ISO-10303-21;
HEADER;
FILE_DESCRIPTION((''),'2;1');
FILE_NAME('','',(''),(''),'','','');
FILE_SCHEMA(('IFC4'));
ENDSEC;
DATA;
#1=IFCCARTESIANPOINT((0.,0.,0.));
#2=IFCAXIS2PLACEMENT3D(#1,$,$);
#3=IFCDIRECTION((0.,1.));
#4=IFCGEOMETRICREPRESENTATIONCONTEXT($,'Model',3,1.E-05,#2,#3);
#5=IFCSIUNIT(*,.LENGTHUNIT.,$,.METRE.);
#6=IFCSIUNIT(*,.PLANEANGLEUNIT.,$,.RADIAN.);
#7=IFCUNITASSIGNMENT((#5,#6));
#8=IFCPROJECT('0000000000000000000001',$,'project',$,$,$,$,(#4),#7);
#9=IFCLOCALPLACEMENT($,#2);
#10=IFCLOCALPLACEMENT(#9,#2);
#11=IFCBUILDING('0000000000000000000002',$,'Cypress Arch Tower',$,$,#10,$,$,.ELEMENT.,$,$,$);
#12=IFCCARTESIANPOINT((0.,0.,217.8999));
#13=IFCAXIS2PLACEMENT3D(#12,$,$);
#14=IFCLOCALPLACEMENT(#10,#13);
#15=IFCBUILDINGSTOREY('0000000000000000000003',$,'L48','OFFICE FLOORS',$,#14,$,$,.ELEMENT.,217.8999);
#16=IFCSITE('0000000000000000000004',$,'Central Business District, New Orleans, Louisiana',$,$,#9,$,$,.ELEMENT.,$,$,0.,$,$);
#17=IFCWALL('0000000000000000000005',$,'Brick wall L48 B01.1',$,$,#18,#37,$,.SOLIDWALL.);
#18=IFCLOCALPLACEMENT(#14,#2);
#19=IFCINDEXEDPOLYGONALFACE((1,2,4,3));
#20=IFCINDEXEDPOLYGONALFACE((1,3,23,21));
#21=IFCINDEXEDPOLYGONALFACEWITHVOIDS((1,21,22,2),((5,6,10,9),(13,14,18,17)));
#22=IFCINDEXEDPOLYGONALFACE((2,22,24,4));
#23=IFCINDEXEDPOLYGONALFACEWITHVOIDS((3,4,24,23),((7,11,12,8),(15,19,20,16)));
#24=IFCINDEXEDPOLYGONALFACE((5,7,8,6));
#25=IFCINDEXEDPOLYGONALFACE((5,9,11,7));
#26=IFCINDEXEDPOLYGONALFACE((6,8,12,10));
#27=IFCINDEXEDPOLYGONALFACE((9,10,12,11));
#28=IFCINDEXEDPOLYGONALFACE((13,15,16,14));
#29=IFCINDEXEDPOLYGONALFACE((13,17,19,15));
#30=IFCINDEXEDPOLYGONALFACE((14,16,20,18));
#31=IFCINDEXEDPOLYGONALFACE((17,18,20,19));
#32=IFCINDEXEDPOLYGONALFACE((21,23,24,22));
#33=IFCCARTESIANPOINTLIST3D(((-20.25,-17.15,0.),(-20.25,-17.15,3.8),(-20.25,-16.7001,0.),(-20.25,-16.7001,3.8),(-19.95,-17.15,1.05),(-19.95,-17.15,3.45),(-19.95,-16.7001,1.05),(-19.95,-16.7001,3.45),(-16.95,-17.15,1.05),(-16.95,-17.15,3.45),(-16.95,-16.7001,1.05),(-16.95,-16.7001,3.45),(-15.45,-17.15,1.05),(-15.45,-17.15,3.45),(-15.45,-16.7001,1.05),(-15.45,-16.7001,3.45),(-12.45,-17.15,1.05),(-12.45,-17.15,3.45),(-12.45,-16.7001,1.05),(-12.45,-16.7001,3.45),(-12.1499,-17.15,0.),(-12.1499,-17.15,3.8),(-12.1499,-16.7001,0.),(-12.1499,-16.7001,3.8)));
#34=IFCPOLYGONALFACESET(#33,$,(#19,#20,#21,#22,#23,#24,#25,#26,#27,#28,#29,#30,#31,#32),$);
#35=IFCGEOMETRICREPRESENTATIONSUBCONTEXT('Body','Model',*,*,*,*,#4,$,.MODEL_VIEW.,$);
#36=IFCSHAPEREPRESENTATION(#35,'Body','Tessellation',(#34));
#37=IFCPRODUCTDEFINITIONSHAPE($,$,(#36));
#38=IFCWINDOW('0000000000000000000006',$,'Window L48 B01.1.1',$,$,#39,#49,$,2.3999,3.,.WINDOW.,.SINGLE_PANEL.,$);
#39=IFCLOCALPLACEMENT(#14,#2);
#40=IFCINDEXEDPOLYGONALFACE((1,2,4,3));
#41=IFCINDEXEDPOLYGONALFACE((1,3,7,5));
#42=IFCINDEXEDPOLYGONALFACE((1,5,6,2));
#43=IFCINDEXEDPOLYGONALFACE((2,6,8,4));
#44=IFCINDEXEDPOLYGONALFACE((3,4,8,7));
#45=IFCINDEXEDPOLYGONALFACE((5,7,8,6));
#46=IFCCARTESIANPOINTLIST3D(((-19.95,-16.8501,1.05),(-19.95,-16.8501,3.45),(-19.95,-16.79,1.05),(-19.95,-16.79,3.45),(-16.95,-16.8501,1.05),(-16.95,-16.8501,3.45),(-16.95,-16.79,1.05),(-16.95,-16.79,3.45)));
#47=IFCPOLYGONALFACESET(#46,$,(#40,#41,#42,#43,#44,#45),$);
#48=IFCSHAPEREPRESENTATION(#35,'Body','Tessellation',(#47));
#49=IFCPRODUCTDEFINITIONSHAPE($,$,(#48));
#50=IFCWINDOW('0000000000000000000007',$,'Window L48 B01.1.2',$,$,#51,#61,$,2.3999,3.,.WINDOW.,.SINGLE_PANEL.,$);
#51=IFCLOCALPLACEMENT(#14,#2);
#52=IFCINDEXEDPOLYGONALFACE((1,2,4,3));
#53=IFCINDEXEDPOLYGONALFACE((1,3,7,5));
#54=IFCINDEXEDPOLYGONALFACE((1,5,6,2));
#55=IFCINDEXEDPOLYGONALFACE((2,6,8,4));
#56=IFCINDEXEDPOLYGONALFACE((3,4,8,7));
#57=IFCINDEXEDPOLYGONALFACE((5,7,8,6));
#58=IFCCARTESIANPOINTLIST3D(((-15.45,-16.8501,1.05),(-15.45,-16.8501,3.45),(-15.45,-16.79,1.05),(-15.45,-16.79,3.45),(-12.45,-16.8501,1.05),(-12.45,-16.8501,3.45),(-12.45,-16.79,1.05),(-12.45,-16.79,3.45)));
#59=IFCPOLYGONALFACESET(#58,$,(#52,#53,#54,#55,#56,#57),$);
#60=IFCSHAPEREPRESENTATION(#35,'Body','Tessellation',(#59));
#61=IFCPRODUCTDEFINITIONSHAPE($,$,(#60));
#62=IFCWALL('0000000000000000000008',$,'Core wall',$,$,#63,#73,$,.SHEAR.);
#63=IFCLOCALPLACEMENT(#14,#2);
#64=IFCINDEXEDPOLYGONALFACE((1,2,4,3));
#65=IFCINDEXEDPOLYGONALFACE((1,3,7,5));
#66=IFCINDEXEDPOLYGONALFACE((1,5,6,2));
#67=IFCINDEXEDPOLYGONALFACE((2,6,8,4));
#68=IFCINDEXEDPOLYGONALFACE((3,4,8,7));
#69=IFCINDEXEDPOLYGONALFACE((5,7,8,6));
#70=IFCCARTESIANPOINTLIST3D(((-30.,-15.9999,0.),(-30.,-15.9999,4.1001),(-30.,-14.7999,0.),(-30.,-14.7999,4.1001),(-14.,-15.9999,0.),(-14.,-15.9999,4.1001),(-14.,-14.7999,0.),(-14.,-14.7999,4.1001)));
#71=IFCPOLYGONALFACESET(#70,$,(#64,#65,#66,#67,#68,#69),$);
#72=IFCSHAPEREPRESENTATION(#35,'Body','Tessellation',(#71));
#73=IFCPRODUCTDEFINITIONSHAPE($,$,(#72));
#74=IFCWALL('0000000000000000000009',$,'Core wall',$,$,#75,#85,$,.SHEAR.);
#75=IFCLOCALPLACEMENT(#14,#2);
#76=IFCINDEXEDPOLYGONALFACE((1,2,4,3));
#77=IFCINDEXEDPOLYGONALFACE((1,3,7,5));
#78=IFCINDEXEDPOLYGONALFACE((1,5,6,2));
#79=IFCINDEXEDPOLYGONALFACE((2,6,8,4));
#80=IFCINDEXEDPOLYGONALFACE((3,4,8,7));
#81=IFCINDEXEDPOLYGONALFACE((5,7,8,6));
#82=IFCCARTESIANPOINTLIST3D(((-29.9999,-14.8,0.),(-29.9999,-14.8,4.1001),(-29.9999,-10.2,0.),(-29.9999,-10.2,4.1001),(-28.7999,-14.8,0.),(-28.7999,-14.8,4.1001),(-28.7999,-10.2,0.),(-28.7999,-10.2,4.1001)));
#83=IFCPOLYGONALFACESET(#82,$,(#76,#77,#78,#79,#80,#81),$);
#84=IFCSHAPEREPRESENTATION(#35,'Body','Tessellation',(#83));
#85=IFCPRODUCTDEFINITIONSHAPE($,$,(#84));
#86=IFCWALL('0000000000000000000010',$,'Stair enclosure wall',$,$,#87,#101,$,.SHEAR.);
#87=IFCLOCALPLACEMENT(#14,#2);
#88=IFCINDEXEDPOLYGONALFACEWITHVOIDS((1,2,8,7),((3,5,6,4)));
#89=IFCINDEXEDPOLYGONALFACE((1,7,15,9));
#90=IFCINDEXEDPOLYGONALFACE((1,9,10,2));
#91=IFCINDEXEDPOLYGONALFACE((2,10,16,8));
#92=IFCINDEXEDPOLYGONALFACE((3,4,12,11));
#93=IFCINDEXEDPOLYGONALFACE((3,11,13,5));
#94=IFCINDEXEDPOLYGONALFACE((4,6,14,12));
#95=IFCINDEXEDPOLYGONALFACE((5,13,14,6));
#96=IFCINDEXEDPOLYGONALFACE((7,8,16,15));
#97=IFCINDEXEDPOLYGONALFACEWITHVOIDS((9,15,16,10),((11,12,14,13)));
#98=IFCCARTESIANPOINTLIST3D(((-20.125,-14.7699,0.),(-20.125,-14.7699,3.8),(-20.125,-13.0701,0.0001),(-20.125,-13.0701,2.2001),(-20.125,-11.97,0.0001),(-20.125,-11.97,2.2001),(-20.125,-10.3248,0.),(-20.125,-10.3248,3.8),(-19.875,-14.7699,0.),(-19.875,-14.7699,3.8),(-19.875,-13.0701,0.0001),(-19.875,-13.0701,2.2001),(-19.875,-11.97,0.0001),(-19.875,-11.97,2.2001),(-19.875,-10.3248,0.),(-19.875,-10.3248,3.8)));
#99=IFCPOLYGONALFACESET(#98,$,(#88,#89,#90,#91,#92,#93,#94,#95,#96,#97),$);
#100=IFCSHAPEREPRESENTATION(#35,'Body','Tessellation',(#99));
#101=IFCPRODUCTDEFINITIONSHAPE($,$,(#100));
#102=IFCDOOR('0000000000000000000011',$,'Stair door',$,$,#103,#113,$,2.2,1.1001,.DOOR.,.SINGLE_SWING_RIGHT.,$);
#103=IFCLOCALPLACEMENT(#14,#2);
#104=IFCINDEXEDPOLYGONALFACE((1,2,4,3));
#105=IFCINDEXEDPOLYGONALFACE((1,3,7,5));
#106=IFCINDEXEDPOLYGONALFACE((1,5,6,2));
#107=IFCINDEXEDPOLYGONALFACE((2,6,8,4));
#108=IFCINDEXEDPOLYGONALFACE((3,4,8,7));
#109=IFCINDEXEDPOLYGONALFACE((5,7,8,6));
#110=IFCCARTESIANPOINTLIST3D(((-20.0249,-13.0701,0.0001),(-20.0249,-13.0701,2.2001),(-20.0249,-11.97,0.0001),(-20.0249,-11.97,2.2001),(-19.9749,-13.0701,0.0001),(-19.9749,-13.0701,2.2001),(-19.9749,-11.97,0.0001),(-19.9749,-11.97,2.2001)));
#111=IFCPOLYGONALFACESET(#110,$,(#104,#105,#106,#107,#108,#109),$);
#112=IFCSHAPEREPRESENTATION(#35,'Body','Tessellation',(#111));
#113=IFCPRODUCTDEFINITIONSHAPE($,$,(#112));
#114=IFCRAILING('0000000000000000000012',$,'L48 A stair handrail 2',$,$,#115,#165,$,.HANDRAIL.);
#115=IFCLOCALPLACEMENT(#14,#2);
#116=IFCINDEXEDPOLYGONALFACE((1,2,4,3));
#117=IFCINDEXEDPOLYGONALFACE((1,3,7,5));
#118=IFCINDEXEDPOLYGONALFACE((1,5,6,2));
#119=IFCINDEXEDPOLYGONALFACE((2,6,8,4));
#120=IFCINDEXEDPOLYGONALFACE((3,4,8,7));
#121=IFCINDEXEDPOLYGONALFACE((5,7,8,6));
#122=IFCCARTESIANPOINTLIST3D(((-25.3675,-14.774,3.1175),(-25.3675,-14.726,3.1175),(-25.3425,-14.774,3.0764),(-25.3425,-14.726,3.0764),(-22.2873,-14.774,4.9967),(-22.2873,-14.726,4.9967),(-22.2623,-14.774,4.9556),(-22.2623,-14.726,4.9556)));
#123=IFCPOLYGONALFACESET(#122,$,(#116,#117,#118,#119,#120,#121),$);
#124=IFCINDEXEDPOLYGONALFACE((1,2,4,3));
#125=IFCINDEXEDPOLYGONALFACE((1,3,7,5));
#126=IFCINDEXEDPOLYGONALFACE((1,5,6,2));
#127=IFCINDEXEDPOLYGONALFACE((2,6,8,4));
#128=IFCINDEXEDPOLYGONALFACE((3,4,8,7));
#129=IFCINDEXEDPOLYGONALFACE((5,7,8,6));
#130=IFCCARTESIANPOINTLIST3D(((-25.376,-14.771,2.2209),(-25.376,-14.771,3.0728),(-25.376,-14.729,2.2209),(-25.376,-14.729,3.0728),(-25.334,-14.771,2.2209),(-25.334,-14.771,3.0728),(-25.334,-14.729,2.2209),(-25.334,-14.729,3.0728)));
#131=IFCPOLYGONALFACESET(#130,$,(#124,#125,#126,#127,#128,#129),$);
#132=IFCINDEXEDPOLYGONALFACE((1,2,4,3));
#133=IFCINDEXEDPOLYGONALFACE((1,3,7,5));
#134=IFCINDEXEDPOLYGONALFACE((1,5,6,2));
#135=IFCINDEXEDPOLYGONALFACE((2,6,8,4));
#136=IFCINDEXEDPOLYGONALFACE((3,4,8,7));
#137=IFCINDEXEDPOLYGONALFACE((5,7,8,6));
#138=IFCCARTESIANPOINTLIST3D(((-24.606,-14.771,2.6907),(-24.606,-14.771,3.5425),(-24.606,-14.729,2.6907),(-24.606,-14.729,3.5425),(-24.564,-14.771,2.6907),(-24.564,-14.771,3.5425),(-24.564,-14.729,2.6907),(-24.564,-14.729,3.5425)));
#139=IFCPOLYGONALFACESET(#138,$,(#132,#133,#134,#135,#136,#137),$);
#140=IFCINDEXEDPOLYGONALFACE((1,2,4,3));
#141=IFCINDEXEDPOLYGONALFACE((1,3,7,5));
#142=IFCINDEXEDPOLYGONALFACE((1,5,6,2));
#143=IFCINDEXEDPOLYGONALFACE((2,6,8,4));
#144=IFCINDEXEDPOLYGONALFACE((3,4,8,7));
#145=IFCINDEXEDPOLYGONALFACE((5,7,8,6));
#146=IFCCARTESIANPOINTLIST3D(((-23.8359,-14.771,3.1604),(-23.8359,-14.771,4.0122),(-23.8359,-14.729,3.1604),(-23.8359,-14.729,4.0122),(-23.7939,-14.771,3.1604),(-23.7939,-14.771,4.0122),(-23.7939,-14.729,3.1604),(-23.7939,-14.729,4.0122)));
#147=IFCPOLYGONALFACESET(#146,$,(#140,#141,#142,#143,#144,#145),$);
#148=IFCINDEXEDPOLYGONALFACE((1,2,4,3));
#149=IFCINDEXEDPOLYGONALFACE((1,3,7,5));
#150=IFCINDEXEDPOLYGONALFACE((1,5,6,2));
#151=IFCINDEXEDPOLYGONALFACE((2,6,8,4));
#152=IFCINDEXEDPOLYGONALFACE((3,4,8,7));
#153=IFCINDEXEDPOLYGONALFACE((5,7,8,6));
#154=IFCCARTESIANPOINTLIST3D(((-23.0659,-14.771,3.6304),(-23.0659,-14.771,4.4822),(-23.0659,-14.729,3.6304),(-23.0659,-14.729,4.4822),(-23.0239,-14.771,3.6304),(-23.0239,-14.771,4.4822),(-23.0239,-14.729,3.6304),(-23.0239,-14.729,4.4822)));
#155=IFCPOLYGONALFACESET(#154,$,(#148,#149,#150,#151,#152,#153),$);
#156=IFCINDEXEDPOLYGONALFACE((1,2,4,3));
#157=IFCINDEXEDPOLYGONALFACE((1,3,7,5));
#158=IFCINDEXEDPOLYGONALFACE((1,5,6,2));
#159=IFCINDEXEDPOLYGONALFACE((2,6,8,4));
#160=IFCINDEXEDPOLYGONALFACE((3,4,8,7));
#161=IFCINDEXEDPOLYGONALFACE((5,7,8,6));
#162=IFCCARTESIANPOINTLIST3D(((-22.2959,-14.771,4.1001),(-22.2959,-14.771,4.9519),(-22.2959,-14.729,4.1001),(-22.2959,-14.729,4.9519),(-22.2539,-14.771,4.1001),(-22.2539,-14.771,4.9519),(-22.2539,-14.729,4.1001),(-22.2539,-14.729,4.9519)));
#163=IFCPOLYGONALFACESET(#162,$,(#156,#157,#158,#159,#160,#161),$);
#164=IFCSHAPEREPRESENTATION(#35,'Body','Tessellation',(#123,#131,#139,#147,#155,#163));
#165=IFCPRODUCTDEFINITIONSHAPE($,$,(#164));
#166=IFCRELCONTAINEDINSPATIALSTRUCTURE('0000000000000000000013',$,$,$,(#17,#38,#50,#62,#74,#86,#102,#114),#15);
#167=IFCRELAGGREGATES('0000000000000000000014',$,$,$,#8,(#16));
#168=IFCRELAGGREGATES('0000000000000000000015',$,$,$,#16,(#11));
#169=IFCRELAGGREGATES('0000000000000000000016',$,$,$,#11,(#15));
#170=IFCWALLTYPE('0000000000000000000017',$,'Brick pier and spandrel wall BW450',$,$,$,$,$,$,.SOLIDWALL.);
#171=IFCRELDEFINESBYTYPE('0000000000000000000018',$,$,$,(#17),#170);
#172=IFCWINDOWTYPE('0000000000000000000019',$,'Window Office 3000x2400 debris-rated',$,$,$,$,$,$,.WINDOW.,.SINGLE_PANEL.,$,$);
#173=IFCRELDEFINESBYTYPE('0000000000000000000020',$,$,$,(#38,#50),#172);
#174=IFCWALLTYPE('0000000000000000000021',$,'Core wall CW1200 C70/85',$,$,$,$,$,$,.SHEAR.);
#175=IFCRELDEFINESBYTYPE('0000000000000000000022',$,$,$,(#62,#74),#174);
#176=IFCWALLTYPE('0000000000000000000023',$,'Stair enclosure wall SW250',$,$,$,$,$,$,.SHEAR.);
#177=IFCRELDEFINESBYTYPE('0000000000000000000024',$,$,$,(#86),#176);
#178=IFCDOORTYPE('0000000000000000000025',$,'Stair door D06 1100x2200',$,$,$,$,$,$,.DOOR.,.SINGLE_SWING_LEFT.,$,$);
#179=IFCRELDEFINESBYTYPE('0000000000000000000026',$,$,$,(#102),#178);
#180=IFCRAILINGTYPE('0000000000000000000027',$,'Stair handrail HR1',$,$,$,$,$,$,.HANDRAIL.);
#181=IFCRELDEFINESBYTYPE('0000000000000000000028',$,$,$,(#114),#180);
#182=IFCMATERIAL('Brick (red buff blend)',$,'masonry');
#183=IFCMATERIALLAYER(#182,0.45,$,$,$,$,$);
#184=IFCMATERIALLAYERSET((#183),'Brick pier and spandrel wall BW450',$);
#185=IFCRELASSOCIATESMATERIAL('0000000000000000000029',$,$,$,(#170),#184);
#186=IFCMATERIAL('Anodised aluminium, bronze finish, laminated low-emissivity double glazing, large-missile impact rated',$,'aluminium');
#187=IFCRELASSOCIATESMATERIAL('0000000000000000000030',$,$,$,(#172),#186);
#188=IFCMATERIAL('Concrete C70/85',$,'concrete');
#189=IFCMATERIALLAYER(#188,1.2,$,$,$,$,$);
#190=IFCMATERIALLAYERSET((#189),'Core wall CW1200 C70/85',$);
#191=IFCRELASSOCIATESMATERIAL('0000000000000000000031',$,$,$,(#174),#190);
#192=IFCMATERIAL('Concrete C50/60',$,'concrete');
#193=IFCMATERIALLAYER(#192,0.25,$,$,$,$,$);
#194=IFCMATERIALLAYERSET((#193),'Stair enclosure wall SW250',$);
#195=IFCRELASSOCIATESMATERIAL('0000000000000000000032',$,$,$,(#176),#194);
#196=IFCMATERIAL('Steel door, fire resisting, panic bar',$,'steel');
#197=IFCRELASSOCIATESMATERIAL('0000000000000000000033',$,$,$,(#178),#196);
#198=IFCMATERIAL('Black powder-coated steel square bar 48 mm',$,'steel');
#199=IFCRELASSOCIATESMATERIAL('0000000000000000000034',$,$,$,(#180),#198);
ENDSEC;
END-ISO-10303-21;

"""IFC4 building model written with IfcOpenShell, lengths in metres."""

from ifc_helpers import new_model, si_unit, direction, frame, frame_2d, origin, origin_2d, place, context, subcontext, project, spatial, rectangle, extrude, material, layer, layer_set, type_object, element, fill, save


model = new_model("IFC4")

# Units and contexts
model_context = context("Model", 3, precision=1e-05, world=origin(), true_north=direction((0.0, 1.0)))
body_context = subcontext(model_context, "Body", "Model", "MODEL_VIEW")
ifc_project = project(units=[si_unit("LENGTHUNIT", "METRE"), si_unit("PLANEANGLEUNIT", "RADIAN")], contexts=[model_context])

# Site, building, storey
site_placement = place(None, origin())
site = spatial("IfcSite", under=ifc_project, at=site_placement, Name="Central Business District, New Orleans, Louisiana", CompositionType="ELEMENT", RefElevation=0.0)
building_placement = place(site_placement, origin())
building = spatial("IfcBuilding", under=site, at=building_placement, Name="Cypress Arch Tower", CompositionType="ELEMENT")
storey_placement = place(building_placement, frame((0.0, 0.0, 217.8999)))
storey = spatial("IfcBuildingStorey", under=building, at=storey_placement, Name="L48", Description="OFFICE FLOORS", CompositionType="ELEMENT", Elevation=217.8999)

# Shared definitions
ifc_material_1 = material(Name="Brick (red buff blend)", Category="masonry")
ifc_layer_1 = layer(ifc_material_1, 0.45)
ifc_layer_set_1 = layer_set([ifc_layer_1], Name="Brick pier and spandrel wall BW450")
wall_type_1 = type_object("IfcWallType", Name="Brick pier and spandrel wall BW450", PredefinedType="SOLIDWALL", material=ifc_layer_set_1)
ifc_material_2 = material(Name="Anodised aluminium, bronze finish, laminated low-emissivity double glazing, large-missile impact rated", Category="aluminium")
window_type = type_object("IfcWindowType", Name="Window Office 3000x2400 debris-rated", PartitioningType="SINGLE_PANEL", PredefinedType="WINDOW", material=ifc_material_2)

# Wall, openings, windows
wall_1_placement = place(storey_placement, frame((-20.25, -16.925, 0.0), z_axis=(0.0, 0.0, 1.0), x_axis=(1.0, 0.0, 0.0)))
wall_1 = element("IfcWall", 1, at=wall_1_placement, inside=storey, type_object=wall_type_1, Name="Brick wall L48 B01.1", PredefinedType="SOLIDWALL", context=body_context, shape_type="SweptSolid", body=[
    extrude(rectangle(XDim=8.1001, YDim=0.45, at=frame_2d((4.05, 0.0))), origin(), (0.0, 0.0, 1.0), 3.8),
])
opening_1_placement = place(wall_1_placement, frame((0.3, 0.0, 1.05)))
opening_1 = element("IfcOpeningElement", 2, at=opening_1_placement, cuts=wall_1, PredefinedType="OPENING", context=body_context, shape_type="SweptSolid", body=[
    extrude(rectangle(XDim=3.0, YDim=2.3999, at=frame_2d((1.5, 1.2))), frame((0.0, 0.2349, 0.0), z_axis=(0.0, -1.0, 0.0), x_axis=(1.0, 0.0, 0.0)), (0.0, 0.0, 1.0), 0.47),
])
opening_2_placement = place(wall_1_placement, frame((4.8, 0.0, 1.05)))
opening_2 = element("IfcOpeningElement", 3, at=opening_2_placement, cuts=wall_1, PredefinedType="OPENING", context=body_context, shape_type="SweptSolid", body=[
    extrude(rectangle(XDim=3.0, YDim=2.3999, at=frame_2d((1.5, 1.2))), frame((0.0, 0.2349, 0.0), z_axis=(0.0, -1.0, 0.0), x_axis=(1.0, 0.0, 0.0)), (0.0, 0.0, 1.0), 0.47),
])
window_1_placement = place(opening_1_placement, origin())
window_1 = element("IfcWindow", 4, at=window_1_placement, inside=storey, type_object=window_type, Name="Window L48 B01.1.1", OverallHeight=2.3999, OverallWidth=3.0, PartitioningType="SINGLE_PANEL", PredefinedType="WINDOW", context=body_context, shape_type="SweptSolid", body=[
    extrude(rectangle(XDim=3.0, YDim=2.3999, at=frame_2d((1.5, 1.2))), frame((0.0, 0.135, 0.0), z_axis=(0.0, -1.0, 0.0), x_axis=(1.0, 0.0, 0.0)), (0.0, 0.0, 1.0), 0.0601),
])
fill(opening_1, window_1)
window_2_placement = place(opening_2_placement, origin())
window_2 = element("IfcWindow", 5, at=window_2_placement, inside=storey, type_object=window_type, Name="Window L48 B01.1.2", OverallHeight=2.3999, OverallWidth=3.0, PartitioningType="SINGLE_PANEL", PredefinedType="WINDOW", context=body_context, shape_type="SweptSolid", body=[
    extrude(rectangle(XDim=3.0, YDim=2.3999, at=frame_2d((1.5, 1.2))), frame((0.0, 0.135, 0.0), z_axis=(0.0, -1.0, 0.0), x_axis=(1.0, 0.0, 0.0)), (0.0, 0.0, 1.0), 0.0601),
])
fill(opening_2, window_2)

# Walls
ifc_material_3 = material(Name="Concrete C70/85", Category="concrete")
ifc_layer_2 = layer(ifc_material_3, 1.2)
ifc_layer_set_2 = layer_set([ifc_layer_2], Name="Core wall CW1200 C70/85")
wall_type_2 = type_object("IfcWallType", Name="Core wall CW1200 C70/85", PredefinedType="SHEAR", material=ifc_layer_set_2)
wall_2_placement = place(storey_placement, frame((-30.0, -15.3999, 0.0), z_axis=(0.0, 0.0, 1.0), x_axis=(1.0, 0.0, 0.0)))
element("IfcWall", 6, at=wall_2_placement, inside=storey, type_object=wall_type_2, Name="Core wall", PredefinedType="SHEAR", context=body_context, shape_type="SweptSolid", body=[
    extrude(rectangle(XDim=16.0, YDim=1.2, at=frame_2d((8.0, 0.0))), origin(), (0.0, 0.0, 1.0), 4.1001),
])
wall_3_placement = place(storey_placement, frame((-29.3999, -14.8, 0.0), z_axis=(0.0, 0.0, 1.0), x_axis=(0.0, 1.0, 0.0)))
element("IfcWall", 7, at=wall_3_placement, inside=storey, type_object=wall_type_2, Name="Core wall", PredefinedType="SHEAR", context=body_context, shape_type="SweptSolid", body=[
    extrude(rectangle(XDim=4.6001, YDim=1.2, at=frame_2d((2.3, 0.0))), origin(), (0.0, 0.0, 1.0), 4.1001),
])

# Wall, opening, door
ifc_material_4 = material(Name="Concrete C50/60", Category="concrete")
ifc_layer_3 = layer(ifc_material_4, 0.25)
ifc_layer_set_3 = layer_set([ifc_layer_3], Name="Stair enclosure wall SW250")
wall_type_3 = type_object("IfcWallType", Name="Stair enclosure wall SW250", PredefinedType="SHEAR", material=ifc_layer_set_3)
wall_4_placement = place(storey_placement, frame((-20.0, -14.77, 0.0), z_axis=(0.0, 0.0, 1.0), x_axis=(0.0, 1.0, 0.0)))
wall_4 = element("IfcWall", 8, at=wall_4_placement, inside=storey, type_object=wall_type_3, Name="Stair enclosure wall", PredefinedType="SHEAR", context=body_context, shape_type="SweptSolid", body=[
    extrude(rectangle(XDim=4.4451, YDim=0.25, at=frame_2d((2.2227, 0.0))), origin(), (0.0, 0.0, 1.0), 3.8),
])
opening_3_placement = place(wall_4_placement, frame((1.7, 0.0, 0.0)))
opening_3 = element("IfcOpeningElement", 9, at=opening_3_placement, cuts=wall_4, PredefinedType="OPENING", context=body_context, shape_type="SweptSolid", body=[
    extrude(rectangle(XDim=1.1001, YDim=2.2, at=frame_2d((0.55, 1.1001))), frame((0.0, 0.135, 0.0), z_axis=(0.0, -1.0, 0.0), x_axis=(1.0, 0.0, 0.0)), (0.0, 0.0, 1.0), 0.27),
])
ifc_material_5 = material(Name="Steel door, fire resisting, panic bar", Category="steel")
door_type_1 = type_object("IfcDoorType", Name="Stair door D06 1100x2200", OperationType="SINGLE_SWING_LEFT", PredefinedType="DOOR", material=ifc_material_5)
door_1_placement = place(opening_3_placement, origin())
door_1 = element("IfcDoor", 10, at=door_1_placement, inside=storey, type_object=door_type_1, Name="Stair door", OperationType="SINGLE_SWING_RIGHT", OverallHeight=2.2, OverallWidth=1.1001, PredefinedType="DOOR", context=body_context, shape_type="SweptSolid", body=[
    extrude(rectangle(XDim=1.1001, YDim=2.2, at=frame_2d((0.55, 1.1001))), frame((0.0, 0.0249, 0.0), z_axis=(0.0, -1.0, 0.0), x_axis=(1.0, 0.0, 0.0)), (0.0, 0.0, 1.0), 0.05),
])
fill(opening_3, door_1)

# Railing
ifc_material_6 = material(Name="Black powder-coated steel square bar 48 mm", Category="steel")
railing_type = type_object("IfcRailingType", Name="Stair handrail HR1", PredefinedType="HANDRAIL", material=ifc_material_6)
railing_placement = place(storey_placement, frame((-25.355, -14.75, 2.2209)))
element("IfcRailing", 11, at=railing_placement, inside=storey, type_object=railing_type, Name="L48 A stair handrail 2", PredefinedType="HANDRAIL", context=body_context, shape_type="SweptSolid", body=[
    extrude(rectangle(XDim=0.0481, YDim=0.0481, at=origin_2d()), frame((0.0, 0.0, 0.876), z_axis=(0.853666, 0.0, 0.52082), x_axis=(0.0, 1.0, 0.0)), (0.0, 0.0, 1.0), 3.6082),
    extrude(rectangle(XDim=0.042, YDim=0.042, at=origin_2d()), origin(), (0.0, 0.0, 1.0), 0.8518),
    extrude(rectangle(XDim=0.042, YDim=0.042, at=origin_2d()), frame((0.77, 0.0, 0.4697)), (0.0, 0.0, 1.0), 0.8518),
    extrude(rectangle(XDim=0.042, YDim=0.042, at=origin_2d()), frame((1.54, 0.0, 0.9395)), (0.0, 0.0, 1.0), 0.8518),
    extrude(rectangle(XDim=0.042, YDim=0.042, at=origin_2d()), frame((2.3101, 0.0, 1.4094)), (0.0, 0.0, 1.0), 0.8518),
    extrude(rectangle(XDim=0.042, YDim=0.042, at=origin_2d()), frame((3.0801, 0.0, 1.8792)), (0.0, 0.0, 1.0), 0.8518),
])

save(model, "model.ifc")
